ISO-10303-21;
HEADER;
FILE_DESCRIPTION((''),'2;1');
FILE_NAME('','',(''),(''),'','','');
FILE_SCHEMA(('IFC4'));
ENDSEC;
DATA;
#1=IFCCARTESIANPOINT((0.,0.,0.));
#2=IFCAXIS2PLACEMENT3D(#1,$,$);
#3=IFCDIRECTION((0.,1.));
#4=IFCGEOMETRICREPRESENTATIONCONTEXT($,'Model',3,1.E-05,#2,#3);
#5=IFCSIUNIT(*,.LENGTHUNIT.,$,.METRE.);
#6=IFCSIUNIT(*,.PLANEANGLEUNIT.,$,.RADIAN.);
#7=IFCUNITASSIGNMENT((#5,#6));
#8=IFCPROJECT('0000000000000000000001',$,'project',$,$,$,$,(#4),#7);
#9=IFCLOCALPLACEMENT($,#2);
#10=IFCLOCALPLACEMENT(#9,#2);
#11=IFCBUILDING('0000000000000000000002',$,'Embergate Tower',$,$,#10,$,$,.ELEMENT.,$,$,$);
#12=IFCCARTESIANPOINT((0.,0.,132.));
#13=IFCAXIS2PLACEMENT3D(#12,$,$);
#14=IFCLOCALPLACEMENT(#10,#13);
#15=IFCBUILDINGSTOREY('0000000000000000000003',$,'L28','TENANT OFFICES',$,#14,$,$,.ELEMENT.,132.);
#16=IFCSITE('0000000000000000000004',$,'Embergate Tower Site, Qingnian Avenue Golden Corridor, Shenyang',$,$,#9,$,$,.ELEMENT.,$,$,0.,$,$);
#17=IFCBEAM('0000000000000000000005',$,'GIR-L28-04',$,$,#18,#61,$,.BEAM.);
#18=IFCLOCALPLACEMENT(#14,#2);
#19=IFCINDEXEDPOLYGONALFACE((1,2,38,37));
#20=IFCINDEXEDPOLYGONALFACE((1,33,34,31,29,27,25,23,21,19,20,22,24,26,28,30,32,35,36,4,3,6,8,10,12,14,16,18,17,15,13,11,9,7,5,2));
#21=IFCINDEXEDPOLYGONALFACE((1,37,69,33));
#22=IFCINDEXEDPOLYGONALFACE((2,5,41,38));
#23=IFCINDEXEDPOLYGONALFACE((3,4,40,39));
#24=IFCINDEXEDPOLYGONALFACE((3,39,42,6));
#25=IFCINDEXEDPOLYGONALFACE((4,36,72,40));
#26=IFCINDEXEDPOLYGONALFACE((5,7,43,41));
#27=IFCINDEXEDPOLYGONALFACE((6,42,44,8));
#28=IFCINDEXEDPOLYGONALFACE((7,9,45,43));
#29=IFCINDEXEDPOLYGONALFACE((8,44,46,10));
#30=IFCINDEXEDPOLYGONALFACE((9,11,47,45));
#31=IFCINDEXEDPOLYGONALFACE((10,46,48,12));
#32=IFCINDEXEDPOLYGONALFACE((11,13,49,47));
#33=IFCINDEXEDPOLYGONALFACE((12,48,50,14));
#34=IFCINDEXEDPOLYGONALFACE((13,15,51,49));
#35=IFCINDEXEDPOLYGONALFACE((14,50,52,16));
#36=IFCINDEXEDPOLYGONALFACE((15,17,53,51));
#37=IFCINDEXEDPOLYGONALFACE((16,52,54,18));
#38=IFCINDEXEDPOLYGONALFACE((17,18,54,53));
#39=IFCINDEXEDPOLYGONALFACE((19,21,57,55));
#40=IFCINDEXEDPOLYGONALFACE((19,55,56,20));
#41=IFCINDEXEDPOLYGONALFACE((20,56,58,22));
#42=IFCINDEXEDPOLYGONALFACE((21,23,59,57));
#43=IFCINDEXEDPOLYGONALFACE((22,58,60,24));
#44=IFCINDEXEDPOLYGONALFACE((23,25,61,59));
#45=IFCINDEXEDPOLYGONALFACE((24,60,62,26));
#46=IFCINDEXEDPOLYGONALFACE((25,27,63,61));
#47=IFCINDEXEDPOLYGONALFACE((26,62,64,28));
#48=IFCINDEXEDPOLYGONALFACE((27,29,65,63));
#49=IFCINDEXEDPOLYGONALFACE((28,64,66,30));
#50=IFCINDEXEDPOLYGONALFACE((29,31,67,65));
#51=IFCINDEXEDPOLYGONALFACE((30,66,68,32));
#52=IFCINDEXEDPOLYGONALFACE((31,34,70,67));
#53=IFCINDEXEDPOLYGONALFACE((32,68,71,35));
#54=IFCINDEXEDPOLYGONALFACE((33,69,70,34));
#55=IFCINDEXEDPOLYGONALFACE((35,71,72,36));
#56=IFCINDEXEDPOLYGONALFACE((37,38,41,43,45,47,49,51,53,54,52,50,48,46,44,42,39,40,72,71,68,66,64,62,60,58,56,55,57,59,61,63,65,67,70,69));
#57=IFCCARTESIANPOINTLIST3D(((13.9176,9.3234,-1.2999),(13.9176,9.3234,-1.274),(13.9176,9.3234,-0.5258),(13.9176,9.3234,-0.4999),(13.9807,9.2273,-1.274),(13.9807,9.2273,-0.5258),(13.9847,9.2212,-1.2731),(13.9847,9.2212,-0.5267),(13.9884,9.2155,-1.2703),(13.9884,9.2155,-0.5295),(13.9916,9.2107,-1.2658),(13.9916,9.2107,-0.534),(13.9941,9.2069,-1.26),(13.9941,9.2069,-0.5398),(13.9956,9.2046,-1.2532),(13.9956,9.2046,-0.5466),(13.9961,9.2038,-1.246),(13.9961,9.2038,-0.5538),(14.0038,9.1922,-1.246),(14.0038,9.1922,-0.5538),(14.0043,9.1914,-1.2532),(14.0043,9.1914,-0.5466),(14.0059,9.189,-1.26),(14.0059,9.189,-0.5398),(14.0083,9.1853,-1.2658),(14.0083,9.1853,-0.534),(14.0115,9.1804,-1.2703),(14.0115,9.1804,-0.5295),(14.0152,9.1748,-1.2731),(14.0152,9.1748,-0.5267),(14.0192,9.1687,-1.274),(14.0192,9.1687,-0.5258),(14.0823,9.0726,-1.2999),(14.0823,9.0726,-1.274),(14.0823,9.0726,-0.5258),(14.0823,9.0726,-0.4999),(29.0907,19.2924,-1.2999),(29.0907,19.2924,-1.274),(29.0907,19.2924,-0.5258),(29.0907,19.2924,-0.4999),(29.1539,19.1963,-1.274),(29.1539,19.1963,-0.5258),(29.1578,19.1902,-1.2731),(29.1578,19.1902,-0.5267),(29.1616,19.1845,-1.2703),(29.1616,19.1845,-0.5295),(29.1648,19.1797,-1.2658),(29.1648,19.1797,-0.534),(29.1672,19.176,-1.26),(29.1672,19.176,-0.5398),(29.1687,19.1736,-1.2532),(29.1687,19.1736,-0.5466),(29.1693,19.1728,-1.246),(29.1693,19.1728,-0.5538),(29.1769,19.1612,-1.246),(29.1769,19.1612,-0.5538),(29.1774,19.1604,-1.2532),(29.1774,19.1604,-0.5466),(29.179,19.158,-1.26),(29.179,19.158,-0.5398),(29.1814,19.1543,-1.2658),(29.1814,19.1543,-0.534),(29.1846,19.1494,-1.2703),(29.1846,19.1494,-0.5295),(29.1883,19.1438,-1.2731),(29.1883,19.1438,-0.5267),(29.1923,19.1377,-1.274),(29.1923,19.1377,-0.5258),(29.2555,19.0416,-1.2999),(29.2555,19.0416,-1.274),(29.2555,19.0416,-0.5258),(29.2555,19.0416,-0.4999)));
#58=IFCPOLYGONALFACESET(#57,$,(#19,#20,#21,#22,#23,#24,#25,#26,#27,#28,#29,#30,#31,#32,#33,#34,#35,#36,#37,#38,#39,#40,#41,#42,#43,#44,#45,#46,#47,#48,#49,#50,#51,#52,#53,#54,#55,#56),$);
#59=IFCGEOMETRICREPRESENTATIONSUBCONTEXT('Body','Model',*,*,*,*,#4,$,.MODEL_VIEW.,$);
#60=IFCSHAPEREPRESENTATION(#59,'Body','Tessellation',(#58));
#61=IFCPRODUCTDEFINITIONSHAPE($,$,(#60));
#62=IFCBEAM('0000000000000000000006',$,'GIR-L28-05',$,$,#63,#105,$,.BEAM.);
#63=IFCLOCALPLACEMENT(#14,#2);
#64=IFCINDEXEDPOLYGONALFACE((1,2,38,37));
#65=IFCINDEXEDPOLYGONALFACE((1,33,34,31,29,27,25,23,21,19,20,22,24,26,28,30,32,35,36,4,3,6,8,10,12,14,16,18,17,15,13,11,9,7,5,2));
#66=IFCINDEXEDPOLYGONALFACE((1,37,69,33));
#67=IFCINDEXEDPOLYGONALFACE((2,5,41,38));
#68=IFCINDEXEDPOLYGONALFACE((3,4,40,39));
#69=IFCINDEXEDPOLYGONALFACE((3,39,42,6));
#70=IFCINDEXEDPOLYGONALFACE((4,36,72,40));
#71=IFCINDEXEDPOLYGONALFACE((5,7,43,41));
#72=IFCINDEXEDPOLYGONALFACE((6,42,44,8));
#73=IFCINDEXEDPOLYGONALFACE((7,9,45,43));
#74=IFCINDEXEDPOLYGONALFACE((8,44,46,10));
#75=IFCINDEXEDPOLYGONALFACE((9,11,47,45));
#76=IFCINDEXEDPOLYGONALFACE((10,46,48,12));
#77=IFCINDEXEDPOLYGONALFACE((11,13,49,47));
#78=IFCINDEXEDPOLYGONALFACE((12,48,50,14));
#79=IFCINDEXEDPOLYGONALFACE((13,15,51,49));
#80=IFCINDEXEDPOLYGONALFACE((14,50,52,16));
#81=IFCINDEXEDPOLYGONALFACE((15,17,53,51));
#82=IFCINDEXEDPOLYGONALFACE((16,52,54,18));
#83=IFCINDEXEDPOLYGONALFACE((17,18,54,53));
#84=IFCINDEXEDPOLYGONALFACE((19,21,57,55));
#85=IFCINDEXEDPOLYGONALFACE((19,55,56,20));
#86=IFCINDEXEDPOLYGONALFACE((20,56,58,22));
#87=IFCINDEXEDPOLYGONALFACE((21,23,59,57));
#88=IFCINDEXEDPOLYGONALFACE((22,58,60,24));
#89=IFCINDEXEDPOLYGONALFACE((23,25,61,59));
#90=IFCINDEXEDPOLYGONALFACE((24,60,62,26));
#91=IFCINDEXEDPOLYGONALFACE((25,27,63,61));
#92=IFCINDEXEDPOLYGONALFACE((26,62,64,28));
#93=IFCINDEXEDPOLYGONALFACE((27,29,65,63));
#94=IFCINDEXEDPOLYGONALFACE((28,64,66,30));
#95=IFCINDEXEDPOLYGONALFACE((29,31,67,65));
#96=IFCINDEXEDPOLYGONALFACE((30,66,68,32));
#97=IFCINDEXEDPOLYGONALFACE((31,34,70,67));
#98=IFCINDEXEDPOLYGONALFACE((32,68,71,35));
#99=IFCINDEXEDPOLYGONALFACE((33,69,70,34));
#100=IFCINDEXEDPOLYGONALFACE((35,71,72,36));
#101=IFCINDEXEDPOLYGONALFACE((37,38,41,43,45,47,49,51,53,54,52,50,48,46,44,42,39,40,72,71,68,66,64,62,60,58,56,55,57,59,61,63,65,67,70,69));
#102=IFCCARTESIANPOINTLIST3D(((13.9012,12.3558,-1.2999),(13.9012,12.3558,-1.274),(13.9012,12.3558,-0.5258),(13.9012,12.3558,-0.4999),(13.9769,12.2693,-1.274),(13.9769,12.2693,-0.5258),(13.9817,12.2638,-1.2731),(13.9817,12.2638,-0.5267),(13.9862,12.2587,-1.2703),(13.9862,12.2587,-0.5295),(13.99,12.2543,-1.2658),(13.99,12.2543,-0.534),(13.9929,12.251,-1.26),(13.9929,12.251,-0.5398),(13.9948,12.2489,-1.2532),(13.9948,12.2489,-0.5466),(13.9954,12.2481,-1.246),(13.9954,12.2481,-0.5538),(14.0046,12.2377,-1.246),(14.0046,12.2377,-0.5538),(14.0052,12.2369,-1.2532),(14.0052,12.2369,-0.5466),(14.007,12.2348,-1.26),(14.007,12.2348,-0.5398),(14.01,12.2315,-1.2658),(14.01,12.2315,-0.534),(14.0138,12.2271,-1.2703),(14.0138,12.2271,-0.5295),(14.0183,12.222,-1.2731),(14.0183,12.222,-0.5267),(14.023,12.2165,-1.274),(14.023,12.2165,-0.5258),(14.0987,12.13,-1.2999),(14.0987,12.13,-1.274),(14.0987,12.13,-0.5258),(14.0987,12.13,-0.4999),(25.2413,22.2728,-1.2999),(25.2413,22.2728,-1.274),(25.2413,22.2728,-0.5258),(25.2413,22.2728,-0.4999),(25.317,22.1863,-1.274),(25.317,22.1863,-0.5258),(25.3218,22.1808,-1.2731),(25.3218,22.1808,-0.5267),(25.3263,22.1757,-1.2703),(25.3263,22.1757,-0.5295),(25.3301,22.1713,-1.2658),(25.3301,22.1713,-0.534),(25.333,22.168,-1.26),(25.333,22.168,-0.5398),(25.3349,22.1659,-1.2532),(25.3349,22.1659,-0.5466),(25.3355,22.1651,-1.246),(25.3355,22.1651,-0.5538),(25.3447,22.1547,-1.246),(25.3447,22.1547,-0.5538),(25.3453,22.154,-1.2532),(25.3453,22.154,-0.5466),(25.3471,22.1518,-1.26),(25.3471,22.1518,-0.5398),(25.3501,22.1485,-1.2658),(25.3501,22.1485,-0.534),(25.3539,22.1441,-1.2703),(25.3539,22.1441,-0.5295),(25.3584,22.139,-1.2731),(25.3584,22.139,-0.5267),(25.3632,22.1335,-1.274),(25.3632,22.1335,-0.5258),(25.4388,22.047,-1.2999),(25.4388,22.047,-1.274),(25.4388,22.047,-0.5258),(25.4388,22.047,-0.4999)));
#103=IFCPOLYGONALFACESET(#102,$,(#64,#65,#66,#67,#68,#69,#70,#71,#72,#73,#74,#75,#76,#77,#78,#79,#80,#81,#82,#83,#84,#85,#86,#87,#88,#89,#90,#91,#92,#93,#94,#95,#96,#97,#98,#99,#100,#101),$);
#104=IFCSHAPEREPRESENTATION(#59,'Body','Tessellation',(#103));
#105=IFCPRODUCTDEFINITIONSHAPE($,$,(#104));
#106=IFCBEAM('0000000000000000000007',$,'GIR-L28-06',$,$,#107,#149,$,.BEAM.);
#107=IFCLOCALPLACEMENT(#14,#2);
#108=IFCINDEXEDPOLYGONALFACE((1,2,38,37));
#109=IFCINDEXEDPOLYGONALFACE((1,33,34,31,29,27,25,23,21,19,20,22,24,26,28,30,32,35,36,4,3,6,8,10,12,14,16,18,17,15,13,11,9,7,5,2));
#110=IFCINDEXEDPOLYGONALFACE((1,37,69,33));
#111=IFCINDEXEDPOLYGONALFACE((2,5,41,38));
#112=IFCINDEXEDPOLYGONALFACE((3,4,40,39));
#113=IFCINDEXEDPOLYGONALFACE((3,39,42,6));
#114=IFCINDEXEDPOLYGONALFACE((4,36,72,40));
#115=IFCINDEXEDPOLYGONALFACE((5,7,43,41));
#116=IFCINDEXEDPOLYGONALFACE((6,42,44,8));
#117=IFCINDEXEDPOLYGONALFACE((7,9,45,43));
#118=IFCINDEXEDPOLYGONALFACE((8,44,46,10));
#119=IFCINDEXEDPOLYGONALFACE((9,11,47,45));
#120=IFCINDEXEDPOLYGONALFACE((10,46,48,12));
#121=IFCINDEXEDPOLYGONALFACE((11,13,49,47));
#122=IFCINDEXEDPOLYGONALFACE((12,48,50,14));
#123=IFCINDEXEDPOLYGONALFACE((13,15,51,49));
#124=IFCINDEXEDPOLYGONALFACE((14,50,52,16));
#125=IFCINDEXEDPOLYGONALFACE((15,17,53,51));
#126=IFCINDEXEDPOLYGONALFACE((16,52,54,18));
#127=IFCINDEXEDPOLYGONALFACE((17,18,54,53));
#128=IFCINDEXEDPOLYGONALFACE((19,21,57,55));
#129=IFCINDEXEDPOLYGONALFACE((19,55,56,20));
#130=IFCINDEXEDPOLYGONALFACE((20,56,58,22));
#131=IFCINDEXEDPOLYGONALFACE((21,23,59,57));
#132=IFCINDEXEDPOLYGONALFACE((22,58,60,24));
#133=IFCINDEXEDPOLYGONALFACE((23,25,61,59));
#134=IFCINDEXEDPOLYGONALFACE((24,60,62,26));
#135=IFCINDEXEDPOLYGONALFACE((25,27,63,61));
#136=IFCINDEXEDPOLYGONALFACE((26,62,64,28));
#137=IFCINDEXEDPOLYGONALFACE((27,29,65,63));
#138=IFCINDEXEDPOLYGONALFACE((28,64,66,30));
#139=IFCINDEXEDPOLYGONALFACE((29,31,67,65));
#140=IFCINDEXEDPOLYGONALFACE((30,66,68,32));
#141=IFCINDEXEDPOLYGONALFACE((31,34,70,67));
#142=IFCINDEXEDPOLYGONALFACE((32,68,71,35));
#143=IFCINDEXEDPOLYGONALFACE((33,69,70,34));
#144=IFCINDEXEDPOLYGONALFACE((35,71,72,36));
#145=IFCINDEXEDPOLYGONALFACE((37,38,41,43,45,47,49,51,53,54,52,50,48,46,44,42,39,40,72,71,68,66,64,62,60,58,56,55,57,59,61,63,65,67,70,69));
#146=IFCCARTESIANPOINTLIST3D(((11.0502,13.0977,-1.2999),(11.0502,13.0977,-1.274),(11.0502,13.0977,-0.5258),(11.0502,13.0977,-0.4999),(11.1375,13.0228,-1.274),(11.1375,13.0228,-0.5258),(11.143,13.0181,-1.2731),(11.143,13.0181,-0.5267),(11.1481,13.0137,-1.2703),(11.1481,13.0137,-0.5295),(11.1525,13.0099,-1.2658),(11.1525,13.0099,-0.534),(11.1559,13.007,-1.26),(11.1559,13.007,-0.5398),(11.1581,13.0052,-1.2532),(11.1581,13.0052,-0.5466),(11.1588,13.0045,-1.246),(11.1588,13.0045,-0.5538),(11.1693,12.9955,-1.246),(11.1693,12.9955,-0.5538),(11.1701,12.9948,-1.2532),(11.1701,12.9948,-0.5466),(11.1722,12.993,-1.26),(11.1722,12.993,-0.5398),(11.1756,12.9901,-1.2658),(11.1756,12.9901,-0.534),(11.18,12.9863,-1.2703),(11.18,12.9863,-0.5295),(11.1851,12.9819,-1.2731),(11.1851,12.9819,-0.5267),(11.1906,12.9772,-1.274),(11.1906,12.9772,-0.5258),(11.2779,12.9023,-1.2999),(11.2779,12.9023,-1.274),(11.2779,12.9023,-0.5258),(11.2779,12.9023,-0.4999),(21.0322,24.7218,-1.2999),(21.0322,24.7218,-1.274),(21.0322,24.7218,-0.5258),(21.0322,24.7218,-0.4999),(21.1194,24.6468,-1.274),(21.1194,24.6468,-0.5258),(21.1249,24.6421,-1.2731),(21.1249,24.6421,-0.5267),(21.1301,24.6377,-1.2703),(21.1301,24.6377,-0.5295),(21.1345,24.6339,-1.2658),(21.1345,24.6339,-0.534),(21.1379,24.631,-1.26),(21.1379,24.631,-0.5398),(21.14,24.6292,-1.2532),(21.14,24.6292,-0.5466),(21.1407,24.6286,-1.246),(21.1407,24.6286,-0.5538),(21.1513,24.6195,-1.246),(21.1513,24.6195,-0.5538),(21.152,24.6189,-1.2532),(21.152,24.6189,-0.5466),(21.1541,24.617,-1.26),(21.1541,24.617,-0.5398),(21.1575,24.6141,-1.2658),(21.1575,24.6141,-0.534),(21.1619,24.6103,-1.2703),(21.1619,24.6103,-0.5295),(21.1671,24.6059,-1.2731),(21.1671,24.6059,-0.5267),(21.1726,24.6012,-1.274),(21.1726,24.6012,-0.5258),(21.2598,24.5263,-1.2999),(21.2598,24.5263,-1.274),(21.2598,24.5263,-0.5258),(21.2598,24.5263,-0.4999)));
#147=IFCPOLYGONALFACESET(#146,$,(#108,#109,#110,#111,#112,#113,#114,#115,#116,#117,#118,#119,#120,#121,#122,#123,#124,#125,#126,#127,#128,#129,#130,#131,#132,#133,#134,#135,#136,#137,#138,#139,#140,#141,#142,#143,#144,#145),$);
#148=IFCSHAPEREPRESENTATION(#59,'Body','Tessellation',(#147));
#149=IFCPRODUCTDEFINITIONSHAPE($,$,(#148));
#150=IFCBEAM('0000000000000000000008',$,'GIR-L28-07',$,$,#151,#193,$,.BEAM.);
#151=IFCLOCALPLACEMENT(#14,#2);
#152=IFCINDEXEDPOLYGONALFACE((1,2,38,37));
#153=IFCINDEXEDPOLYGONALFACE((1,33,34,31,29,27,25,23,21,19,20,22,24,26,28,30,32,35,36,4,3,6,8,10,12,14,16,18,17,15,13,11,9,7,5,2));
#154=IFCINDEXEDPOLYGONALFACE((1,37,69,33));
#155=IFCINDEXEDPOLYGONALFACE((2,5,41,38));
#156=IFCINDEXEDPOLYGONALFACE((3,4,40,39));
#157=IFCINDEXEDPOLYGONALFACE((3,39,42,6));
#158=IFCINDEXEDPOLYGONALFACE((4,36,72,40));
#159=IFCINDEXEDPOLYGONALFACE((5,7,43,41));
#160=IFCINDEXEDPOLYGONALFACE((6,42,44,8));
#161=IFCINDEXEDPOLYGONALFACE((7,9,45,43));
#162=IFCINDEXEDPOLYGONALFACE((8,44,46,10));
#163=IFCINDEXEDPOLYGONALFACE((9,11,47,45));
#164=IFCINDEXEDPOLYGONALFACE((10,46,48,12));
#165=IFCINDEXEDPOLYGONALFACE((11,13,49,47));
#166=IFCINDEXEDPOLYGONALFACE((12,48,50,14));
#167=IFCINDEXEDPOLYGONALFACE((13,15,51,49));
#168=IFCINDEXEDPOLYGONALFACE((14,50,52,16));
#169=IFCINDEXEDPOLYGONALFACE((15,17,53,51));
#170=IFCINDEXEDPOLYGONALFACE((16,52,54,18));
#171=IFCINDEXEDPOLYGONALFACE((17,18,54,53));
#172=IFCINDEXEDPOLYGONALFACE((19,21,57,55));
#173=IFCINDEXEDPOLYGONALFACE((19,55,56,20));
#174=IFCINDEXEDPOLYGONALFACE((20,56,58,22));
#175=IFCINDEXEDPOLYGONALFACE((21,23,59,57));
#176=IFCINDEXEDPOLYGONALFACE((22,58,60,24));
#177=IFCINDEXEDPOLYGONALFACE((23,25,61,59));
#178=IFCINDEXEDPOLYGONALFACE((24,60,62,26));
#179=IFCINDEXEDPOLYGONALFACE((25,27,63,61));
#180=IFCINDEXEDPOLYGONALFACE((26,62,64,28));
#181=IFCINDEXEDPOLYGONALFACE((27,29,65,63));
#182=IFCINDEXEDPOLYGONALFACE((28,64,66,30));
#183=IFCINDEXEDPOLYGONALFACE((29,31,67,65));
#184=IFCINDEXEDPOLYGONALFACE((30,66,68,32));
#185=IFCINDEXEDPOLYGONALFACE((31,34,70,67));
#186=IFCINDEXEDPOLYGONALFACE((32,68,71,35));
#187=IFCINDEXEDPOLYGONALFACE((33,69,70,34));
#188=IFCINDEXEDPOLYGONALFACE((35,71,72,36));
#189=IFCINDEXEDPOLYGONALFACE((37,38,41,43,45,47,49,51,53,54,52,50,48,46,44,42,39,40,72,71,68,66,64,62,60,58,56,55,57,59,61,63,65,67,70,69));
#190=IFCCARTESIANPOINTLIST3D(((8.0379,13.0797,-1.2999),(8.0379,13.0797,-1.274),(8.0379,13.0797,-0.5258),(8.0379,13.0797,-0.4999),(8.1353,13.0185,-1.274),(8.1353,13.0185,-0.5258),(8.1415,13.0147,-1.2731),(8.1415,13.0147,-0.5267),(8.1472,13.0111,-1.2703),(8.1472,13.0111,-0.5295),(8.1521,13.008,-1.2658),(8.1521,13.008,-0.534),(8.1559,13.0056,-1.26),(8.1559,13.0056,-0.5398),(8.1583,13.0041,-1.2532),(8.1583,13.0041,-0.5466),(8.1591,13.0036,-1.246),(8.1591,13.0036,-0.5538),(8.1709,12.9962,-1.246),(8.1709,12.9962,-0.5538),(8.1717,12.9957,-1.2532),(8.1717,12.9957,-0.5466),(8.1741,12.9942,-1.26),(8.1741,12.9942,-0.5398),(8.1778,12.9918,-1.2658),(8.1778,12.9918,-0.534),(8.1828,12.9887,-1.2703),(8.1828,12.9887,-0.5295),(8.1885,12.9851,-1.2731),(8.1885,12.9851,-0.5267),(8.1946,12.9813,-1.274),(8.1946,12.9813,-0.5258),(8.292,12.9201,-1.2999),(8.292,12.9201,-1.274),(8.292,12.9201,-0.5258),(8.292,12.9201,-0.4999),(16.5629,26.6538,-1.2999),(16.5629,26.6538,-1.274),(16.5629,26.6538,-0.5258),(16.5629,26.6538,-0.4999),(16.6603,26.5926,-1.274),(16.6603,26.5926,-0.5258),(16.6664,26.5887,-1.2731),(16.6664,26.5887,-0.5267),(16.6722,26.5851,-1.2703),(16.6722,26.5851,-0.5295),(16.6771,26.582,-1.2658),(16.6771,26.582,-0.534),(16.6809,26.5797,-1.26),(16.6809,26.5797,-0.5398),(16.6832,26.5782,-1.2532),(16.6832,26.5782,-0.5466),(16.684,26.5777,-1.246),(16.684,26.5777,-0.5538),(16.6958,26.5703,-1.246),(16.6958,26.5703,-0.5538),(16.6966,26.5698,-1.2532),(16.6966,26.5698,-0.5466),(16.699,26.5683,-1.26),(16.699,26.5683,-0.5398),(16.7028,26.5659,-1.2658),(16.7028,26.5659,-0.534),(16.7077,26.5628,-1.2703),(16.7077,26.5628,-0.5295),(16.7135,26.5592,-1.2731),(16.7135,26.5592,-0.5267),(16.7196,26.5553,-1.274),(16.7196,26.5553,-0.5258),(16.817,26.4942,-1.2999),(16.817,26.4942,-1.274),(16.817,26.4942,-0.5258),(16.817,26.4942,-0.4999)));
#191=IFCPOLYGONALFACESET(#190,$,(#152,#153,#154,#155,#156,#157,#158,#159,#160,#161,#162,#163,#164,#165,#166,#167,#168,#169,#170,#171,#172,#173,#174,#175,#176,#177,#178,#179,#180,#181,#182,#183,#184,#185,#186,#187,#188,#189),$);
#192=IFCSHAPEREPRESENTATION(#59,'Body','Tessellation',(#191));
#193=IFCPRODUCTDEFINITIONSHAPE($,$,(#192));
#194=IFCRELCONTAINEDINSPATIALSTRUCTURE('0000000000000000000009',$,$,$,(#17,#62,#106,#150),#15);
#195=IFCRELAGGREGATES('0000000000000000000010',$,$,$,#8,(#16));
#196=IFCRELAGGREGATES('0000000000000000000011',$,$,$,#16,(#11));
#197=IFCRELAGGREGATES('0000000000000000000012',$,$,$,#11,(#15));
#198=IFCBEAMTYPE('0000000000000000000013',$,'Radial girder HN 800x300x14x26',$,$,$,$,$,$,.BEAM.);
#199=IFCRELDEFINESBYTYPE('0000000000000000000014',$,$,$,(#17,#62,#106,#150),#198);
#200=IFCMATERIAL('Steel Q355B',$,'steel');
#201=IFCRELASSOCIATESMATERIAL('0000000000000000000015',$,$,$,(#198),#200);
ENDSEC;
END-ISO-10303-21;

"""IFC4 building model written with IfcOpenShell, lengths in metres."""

from ifc_helpers import new_model, si_unit, direction, frame, origin, origin_2d, place, context, subcontext, project, spatial, i_section, extrude, source, transform, mapped, material, material_profile, profile_set, type_object, element, save


model = new_model("IFC4")

# Units and contexts
model_context = context("Model", 3, precision=1e-05, world=origin(), true_north=direction((0.0, 1.0)))
body_context = subcontext(model_context, "Body", "Model", "MODEL_VIEW")
ifc_project = project(units=[si_unit("LENGTHUNIT", "METRE"), si_unit("PLANEANGLEUNIT", "RADIAN")], contexts=[model_context])

# Site, building, storey
site_placement = place(None, origin())
site = spatial("IfcSite", under=ifc_project, at=site_placement, Name="Embergate Tower Site, Qingnian Avenue Golden Corridor, Shenyang", CompositionType="ELEMENT", RefElevation=0.0)
building_placement = place(site_placement, origin())
building = spatial("IfcBuilding", under=site, at=building_placement, Name="Embergate Tower", CompositionType="ELEMENT")
storey_placement = place(building_placement, frame((0.0, 0.0, 132.0)))
storey = spatial("IfcBuildingStorey", under=building, at=storey_placement, Name="L28", Description="TENANT OFFICES", CompositionType="ELEMENT", Elevation=132.0)

# Beams
ifc_material_1 = material(Name="Steel Q355B", Category="steel")
ifc_material_profile_1 = material_profile(ifc_material_1, i_section(OverallWidth=0.3, OverallDepth=0.8, WebThickness=0.0139, FlangeThickness=0.0259, FilletRadius=0.0281, at=origin_2d()), Name="HN 800x300x14x26")
ifc_profile_set_1 = profile_set([ifc_material_profile_1], Name="Steel Q355 grade B")
beam_type_1 = type_object("IfcBeamType", Name="Radial girder HN 800x300x14x26", PredefinedType="BEAM", material=ifc_profile_set_1)
shared_shape_1 = source(origin(), body_context, "Body", "SweptSolid", [
    extrude(i_section(OverallWidth=0.3, OverallDepth=0.8, WebThickness=0.0139, FlangeThickness=0.0259, FilletRadius=0.0281, at=origin_2d()), origin(), (0.0, 0.0, 1.0), 18.155),
])
beam_1_placement = place(storey_placement, frame((29.1731, 19.167, -0.8999), z_axis=(-0.835753, -0.549105, 0.0), x_axis=(0.549105, -0.835753, 0.0)))
element("IfcBeam", 1, at=beam_1_placement, inside=storey, type_object=beam_type_1, Name="GIR-L28-04", PredefinedType="BEAM", context=body_context, shape_type="MappedRepresentation", body=[
    mapped(shared_shape_1, transform((0.0, 0.0, 0.0))),
])
shared_shape_2 = source(origin(), body_context, "Body", "SweptSolid", [
    extrude(i_section(OverallWidth=0.3, OverallDepth=0.8, WebThickness=0.0139, FlangeThickness=0.0259, FilletRadius=0.0281, at=origin_2d()), origin(), (0.0, 0.0, 1.0), 15.0647),
])
beam_2_placement = place(storey_placement, frame((25.3401, 22.1599, -0.8999), z_axis=(-0.75276, -0.658295, 0.0), x_axis=(0.658295, -0.75276, 0.0)))
element("IfcBeam", 2, at=beam_2_placement, inside=storey, type_object=beam_type_1, Name="GIR-L28-05", PredefinedType="BEAM", context=body_context, shape_type="MappedRepresentation", body=[
    mapped(shared_shape_2, transform((0.0, 0.0, 0.0))),
])
shared_shape_3 = source(origin(), body_context, "Body", "SweptSolid", [
    extrude(i_section(OverallWidth=0.3, OverallDepth=0.8, WebThickness=0.0139, FlangeThickness=0.0259, FilletRadius=0.0281, at=origin_2d()), origin(), (0.0, 0.0, 1.0), 15.3218),
])
beam_3_placement = place(storey_placement, frame((21.146, 24.624, -0.8999), z_axis=(-0.651487, -0.75866, 0.0), x_axis=(0.75866, -0.651487, 0.0)))
element("IfcBeam", 3, at=beam_3_placement, inside=storey, type_object=beam_type_1, Name="GIR-L28-06", PredefinedType="BEAM", context=body_context, shape_type="MappedRepresentation", body=[
    mapped(shared_shape_3, transform((0.0, 0.0, 0.0))),
])
shared_shape_4 = source(origin(), body_context, "Body", "SweptSolid", [
    extrude(i_section(OverallWidth=0.3, OverallDepth=0.8, WebThickness=0.0139, FlangeThickness=0.0259, FilletRadius=0.0281, at=origin_2d()), origin(), (0.0, 0.0, 1.0), 16.0291),
])
beam_4_placement = place(storey_placement, frame((16.6899, 26.574, -0.8999), z_axis=(-0.531845, -0.846842, 0.0), x_axis=(0.846842, -0.531845, 0.0)))
element("IfcBeam", 4, at=beam_4_placement, inside=storey, type_object=beam_type_1, Name="GIR-L28-07", PredefinedType="BEAM", context=body_context, shape_type="MappedRepresentation", body=[
    mapped(shared_shape_4, transform((0.0, 0.0, 0.0))),
])

save(model, "model.ifc")
